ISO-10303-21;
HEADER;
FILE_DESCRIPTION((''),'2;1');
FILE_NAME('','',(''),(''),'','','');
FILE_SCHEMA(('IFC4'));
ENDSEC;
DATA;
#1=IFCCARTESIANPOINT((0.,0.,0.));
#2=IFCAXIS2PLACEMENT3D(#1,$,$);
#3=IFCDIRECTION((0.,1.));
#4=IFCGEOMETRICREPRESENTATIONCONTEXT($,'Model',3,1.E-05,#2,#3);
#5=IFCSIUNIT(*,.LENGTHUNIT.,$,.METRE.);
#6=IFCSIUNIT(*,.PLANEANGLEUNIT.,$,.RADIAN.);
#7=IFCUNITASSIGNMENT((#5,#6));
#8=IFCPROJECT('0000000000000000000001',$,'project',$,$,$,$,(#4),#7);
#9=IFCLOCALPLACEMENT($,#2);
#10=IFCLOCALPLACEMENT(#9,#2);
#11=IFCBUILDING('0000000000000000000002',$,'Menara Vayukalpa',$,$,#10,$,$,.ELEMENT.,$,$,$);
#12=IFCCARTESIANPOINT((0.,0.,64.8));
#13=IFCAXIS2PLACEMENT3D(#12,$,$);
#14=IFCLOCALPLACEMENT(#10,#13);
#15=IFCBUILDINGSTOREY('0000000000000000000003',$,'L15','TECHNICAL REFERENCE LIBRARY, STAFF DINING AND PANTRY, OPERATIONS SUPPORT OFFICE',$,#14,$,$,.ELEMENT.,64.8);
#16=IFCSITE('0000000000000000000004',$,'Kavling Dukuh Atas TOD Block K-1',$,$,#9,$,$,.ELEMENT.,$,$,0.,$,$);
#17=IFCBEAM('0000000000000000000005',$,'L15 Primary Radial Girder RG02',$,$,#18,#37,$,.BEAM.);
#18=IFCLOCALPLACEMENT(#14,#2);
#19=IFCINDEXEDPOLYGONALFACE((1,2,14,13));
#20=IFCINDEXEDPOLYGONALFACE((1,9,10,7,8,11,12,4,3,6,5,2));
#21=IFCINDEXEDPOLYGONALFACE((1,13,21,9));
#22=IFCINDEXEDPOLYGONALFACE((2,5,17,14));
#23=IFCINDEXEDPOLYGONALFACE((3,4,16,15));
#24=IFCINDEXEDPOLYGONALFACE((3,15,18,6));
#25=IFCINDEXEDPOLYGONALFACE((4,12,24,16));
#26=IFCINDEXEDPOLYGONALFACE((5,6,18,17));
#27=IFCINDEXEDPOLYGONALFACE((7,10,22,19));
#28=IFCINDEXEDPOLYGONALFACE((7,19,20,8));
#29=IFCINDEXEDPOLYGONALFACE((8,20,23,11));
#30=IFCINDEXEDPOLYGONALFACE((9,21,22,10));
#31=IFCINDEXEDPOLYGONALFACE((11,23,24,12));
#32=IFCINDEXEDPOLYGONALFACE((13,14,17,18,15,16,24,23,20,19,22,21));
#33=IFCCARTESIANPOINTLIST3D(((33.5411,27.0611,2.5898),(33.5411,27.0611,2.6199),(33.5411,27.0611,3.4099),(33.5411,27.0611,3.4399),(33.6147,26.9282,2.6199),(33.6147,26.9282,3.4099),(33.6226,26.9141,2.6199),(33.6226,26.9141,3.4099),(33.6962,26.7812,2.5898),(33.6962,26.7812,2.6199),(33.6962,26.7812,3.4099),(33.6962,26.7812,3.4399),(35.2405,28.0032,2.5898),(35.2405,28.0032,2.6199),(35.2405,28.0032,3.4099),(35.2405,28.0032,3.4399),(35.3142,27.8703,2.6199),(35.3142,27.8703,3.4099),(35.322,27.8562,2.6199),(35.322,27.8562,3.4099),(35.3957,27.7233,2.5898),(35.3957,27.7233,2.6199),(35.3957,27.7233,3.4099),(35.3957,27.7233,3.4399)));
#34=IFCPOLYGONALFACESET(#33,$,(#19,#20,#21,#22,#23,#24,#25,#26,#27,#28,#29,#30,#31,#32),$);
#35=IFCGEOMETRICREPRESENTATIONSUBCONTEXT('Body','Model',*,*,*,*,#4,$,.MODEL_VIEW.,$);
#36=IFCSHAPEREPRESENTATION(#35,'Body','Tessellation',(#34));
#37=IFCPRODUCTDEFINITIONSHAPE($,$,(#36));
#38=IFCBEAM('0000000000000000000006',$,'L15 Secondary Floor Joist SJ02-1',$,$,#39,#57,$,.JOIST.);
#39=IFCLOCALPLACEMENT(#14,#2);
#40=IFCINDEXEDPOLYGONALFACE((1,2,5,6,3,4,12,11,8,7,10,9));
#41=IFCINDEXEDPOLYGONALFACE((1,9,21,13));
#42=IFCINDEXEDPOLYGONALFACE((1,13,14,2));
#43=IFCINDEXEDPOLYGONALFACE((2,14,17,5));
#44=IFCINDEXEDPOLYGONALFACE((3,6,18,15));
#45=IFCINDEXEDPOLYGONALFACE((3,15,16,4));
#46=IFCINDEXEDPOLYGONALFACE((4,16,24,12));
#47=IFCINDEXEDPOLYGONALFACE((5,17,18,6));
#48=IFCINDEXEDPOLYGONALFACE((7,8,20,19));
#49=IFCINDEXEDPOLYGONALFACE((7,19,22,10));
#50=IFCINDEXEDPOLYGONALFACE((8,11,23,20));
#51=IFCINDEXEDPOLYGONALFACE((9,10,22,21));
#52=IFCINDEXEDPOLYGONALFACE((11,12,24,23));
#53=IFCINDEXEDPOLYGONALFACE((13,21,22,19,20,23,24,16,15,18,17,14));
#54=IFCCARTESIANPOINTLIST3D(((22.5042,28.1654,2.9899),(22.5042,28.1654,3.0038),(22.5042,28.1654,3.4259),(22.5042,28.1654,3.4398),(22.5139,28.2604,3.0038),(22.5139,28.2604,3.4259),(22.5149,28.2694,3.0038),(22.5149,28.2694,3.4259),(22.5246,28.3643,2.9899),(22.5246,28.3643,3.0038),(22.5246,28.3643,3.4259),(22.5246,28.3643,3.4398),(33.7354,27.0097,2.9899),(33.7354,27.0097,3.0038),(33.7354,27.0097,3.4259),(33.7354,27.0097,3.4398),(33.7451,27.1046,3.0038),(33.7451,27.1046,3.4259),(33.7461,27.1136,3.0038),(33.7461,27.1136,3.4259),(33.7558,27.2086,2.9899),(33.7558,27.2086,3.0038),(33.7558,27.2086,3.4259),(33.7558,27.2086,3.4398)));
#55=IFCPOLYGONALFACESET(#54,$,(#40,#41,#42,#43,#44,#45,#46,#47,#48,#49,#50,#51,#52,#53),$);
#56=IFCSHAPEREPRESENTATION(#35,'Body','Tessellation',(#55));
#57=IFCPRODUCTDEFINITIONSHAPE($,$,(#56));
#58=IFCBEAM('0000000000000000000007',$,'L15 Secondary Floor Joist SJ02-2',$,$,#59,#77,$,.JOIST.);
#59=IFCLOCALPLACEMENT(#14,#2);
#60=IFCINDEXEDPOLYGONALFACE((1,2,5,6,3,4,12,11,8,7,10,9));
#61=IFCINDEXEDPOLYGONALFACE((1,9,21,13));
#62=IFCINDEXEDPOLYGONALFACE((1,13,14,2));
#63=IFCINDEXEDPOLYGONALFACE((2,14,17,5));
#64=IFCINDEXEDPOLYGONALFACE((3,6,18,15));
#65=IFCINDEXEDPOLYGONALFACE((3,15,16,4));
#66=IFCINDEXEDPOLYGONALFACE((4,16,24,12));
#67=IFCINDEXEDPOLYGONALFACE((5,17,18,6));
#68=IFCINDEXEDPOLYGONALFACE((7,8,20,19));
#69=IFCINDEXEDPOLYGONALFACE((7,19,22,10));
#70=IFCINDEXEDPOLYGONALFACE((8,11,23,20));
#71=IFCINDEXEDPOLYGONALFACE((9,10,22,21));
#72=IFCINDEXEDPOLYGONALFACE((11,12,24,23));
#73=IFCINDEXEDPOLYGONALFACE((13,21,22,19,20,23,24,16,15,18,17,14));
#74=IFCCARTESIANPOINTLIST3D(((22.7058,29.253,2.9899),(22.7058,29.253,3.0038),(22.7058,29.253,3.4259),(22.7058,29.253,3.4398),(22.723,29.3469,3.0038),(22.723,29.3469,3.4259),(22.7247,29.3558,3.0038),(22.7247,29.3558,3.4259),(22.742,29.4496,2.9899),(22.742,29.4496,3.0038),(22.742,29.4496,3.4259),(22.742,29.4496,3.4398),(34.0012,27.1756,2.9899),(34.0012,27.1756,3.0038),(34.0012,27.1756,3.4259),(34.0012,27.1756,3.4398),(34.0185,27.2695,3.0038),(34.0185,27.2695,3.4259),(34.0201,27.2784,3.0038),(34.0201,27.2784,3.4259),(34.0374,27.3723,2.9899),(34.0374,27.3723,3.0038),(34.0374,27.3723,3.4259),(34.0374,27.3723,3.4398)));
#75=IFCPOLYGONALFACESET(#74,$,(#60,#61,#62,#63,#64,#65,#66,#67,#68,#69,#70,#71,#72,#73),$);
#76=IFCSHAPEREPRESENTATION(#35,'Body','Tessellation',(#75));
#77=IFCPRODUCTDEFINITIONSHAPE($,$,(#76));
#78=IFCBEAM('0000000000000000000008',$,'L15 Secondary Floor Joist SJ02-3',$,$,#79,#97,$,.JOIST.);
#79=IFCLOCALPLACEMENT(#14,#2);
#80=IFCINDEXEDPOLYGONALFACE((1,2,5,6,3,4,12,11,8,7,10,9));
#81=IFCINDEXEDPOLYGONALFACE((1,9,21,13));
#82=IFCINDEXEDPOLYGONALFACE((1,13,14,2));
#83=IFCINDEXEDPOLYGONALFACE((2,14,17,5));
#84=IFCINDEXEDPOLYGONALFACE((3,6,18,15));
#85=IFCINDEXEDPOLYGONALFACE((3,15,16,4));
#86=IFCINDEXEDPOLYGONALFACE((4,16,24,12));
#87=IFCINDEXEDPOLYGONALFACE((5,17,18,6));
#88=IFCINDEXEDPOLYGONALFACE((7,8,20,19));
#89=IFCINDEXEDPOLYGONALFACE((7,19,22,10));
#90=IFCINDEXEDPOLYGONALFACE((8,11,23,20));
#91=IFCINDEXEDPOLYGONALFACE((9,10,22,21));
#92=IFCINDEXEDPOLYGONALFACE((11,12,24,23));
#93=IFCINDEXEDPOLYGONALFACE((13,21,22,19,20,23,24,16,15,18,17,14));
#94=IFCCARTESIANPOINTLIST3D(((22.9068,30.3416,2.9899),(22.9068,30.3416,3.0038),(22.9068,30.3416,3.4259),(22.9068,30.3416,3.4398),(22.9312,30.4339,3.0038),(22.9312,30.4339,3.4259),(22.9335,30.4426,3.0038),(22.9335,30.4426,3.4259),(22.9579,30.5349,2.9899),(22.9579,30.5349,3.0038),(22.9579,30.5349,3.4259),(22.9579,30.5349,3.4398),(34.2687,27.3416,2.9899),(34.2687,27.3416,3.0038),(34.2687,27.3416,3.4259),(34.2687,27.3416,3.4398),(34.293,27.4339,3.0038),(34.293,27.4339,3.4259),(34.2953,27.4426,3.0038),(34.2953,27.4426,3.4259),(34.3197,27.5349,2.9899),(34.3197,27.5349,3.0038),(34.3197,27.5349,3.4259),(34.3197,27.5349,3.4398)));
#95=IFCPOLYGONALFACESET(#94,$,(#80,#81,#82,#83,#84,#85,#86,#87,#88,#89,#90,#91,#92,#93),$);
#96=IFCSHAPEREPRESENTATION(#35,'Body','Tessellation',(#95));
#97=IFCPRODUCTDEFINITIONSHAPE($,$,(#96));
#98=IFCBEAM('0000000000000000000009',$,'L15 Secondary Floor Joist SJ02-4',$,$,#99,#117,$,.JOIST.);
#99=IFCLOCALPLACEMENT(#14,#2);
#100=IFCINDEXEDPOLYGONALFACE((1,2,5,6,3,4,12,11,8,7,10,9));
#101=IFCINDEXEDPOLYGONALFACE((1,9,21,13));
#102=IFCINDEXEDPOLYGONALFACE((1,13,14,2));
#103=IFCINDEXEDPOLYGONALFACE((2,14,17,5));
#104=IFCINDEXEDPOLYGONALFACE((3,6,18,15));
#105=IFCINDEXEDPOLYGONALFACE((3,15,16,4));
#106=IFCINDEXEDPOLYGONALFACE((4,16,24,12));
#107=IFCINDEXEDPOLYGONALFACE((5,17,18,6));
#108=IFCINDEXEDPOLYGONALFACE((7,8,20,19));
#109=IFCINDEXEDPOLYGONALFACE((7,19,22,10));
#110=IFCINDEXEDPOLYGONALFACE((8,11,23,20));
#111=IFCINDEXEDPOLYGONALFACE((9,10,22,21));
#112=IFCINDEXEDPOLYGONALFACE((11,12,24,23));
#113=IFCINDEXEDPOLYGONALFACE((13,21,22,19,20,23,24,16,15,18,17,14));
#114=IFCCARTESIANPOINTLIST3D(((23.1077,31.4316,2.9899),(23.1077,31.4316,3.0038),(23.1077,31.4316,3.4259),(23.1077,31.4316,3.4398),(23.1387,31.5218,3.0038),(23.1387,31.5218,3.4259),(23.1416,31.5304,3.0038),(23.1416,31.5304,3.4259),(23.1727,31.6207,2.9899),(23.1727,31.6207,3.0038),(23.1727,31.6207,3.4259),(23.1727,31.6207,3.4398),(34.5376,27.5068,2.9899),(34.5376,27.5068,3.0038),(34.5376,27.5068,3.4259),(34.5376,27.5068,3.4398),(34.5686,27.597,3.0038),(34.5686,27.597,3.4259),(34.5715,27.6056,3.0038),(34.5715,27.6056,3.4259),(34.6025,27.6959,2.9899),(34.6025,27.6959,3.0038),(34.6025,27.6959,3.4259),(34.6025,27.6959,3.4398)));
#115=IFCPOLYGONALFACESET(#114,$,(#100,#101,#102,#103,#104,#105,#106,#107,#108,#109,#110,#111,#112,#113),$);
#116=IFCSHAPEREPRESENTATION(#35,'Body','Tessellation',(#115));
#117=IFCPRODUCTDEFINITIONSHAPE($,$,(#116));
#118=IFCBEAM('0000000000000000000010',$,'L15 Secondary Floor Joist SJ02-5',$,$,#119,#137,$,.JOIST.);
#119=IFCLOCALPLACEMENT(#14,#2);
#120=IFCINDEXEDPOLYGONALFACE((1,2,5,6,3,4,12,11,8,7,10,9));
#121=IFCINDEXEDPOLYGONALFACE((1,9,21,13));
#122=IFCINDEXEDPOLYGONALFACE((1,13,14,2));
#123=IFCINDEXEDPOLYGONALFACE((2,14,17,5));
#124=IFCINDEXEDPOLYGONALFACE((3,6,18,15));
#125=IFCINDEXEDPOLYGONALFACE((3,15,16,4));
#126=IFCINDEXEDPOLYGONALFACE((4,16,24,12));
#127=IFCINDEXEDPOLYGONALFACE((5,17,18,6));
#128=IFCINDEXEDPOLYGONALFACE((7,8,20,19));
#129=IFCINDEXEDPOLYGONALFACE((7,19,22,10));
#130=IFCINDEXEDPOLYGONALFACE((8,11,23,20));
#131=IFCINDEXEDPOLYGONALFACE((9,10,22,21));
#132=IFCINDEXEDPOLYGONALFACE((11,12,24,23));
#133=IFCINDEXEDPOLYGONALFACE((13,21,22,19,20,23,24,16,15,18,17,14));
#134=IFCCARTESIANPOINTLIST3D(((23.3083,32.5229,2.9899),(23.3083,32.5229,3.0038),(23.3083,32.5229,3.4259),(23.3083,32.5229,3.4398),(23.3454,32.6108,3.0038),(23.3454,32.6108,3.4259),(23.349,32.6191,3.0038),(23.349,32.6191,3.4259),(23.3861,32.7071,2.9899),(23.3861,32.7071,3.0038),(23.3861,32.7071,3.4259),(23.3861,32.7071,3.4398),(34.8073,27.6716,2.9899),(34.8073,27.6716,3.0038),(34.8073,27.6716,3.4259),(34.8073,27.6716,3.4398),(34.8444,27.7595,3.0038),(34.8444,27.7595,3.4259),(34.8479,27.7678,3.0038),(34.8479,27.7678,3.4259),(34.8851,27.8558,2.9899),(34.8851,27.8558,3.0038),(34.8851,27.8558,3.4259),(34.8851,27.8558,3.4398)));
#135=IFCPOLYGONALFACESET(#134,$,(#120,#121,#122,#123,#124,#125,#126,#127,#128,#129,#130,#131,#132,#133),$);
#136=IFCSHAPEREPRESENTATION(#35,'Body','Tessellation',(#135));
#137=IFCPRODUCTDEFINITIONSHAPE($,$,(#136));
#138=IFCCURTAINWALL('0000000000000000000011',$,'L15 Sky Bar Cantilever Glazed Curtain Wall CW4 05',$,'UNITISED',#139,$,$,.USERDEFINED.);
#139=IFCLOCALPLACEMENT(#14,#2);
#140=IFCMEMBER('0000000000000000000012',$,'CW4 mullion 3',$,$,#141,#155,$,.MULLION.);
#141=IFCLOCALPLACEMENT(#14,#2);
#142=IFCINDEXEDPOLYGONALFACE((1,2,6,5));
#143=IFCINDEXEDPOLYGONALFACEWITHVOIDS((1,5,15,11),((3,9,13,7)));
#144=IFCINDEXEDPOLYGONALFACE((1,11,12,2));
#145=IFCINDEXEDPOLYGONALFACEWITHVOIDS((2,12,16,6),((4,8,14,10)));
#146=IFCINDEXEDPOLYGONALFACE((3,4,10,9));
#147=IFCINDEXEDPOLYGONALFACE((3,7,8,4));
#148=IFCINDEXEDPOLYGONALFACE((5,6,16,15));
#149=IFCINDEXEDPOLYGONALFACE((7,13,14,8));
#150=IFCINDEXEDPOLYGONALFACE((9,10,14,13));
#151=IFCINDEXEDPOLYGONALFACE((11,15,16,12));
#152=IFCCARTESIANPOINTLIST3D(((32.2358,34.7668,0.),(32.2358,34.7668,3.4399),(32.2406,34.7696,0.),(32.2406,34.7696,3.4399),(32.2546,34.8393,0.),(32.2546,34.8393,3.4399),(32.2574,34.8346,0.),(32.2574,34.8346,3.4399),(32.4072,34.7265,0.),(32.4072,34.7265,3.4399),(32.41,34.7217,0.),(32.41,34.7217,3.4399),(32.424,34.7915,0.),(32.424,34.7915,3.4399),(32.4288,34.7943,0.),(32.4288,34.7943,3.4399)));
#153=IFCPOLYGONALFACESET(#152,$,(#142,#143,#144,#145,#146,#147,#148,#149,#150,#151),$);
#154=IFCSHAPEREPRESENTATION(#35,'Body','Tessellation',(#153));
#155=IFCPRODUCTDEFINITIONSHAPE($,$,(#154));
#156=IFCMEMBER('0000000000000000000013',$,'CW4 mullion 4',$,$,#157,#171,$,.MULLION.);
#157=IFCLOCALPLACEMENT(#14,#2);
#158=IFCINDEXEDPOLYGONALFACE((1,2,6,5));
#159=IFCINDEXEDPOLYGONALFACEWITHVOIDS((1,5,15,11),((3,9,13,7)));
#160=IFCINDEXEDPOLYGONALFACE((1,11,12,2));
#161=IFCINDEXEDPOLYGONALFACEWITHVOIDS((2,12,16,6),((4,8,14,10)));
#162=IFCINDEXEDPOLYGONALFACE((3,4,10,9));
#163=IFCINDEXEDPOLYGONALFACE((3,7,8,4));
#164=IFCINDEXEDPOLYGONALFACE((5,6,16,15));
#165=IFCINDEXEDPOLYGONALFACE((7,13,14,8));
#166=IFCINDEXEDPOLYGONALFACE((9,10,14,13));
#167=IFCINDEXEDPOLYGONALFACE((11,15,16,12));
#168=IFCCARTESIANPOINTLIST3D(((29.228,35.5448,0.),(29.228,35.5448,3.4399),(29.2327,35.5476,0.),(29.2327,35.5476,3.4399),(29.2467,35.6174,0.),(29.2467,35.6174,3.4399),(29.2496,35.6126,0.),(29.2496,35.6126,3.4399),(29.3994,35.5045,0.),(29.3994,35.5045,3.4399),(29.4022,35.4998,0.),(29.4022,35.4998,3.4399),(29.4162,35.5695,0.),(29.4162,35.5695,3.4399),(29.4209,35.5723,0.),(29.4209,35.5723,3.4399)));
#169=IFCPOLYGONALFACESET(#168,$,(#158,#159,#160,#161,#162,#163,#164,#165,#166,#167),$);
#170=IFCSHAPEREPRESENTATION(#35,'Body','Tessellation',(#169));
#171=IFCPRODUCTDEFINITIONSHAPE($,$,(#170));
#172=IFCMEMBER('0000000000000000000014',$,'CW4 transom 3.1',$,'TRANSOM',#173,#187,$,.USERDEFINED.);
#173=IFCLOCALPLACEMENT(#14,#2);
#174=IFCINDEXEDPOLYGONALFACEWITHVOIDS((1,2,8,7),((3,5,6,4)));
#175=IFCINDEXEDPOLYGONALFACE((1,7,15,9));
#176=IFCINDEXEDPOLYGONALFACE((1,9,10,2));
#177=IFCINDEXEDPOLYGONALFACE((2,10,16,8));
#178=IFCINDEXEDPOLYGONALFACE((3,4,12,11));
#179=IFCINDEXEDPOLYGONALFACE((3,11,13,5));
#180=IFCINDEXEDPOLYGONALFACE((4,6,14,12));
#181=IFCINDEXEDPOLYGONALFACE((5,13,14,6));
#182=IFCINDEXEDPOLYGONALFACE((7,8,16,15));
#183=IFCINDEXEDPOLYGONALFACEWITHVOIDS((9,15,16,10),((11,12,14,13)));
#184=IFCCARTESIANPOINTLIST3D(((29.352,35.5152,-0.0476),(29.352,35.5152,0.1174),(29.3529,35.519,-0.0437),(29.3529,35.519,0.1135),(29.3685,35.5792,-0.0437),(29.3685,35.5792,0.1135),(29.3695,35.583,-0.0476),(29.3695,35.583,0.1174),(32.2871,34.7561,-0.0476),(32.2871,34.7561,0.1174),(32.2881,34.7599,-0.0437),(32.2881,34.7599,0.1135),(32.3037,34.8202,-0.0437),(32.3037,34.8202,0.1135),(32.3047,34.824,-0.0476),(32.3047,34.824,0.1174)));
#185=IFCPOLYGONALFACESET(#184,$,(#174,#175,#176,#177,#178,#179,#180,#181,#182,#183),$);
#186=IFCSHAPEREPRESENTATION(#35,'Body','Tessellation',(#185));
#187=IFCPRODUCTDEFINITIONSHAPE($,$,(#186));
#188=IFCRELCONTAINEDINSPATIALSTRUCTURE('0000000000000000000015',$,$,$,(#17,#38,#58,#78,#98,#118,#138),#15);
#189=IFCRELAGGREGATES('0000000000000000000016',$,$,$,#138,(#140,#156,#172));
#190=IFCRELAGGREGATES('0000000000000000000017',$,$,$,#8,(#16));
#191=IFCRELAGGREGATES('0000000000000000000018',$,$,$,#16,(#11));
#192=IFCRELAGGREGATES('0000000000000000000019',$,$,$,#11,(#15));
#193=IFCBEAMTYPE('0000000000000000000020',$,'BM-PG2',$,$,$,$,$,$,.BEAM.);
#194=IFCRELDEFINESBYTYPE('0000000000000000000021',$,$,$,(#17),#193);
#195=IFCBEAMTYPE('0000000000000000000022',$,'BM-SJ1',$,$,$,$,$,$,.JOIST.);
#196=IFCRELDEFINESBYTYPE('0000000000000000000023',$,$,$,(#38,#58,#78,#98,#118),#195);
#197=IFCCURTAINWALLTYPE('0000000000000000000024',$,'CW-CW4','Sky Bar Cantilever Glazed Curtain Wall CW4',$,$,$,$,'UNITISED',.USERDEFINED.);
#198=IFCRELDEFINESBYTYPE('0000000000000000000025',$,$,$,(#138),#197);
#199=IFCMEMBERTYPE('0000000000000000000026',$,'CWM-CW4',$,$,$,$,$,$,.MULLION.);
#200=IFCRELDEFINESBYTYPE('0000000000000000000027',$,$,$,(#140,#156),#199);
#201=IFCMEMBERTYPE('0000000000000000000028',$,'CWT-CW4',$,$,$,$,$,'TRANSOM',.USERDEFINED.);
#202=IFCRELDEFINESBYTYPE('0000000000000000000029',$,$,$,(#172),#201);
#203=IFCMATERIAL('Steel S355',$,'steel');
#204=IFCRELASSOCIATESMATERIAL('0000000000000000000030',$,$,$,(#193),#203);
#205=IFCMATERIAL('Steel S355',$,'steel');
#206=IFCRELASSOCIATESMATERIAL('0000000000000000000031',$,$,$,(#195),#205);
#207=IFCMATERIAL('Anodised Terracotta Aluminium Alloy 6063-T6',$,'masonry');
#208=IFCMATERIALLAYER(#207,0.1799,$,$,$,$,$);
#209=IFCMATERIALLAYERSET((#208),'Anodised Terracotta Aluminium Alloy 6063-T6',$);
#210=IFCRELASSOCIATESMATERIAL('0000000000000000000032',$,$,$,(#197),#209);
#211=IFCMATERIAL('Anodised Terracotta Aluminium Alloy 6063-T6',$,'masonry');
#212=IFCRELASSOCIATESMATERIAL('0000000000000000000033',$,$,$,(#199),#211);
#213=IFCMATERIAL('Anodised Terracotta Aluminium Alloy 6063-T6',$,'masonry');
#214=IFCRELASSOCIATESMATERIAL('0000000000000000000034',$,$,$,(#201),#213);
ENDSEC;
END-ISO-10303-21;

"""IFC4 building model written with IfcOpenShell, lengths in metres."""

from ifc_helpers import new_model, si_unit, direction, frame, origin, origin_2d, place, context, subcontext, project, spatial, hollow_rectangle, i_section, extrude, material, layer, layer_set, material_profile, profile_set, type_object, element, aggregate, save


model = new_model("IFC4")

# Units and contexts
model_context = context("Model", 3, precision=1e-05, world=origin(), true_north=direction((0.0, 1.0)))
body_context = subcontext(model_context, "Body", "Model", "MODEL_VIEW")
ifc_project = project(units=[si_unit("LENGTHUNIT", "METRE"), si_unit("PLANEANGLEUNIT", "RADIAN")], contexts=[model_context])

# Site, building, storey
site_placement = place(None, origin())
site = spatial("IfcSite", under=ifc_project, at=site_placement, Name="Kavling Dukuh Atas TOD Block K-1", CompositionType="ELEMENT", RefElevation=0.0)
building_placement = place(site_placement, origin())
building = spatial("IfcBuilding", under=site, at=building_placement, Name="Menara Vayukalpa", CompositionType="ELEMENT")
storey_placement = place(building_placement, frame((0.0, 0.0, 64.8)))
storey = spatial("IfcBuildingStorey", under=building, at=storey_placement, Name="L15", Description="TECHNICAL REFERENCE LIBRARY, STAFF DINING AND PANTRY, OPERATIONS SUPPORT OFFICE", CompositionType="ELEMENT", Elevation=64.8)

# Beams
ifc_material_1 = material(Name="Steel S355", Category="steel")
ifc_material_profile_1 = material_profile(ifc_material_1, i_section(OverallWidth=0.3201, OverallDepth=0.8501, WebThickness=0.0161, FlangeThickness=0.03, at=origin_2d()), Name="WF 850x320x16x30")
ifc_profile_set_1 = profile_set([ifc_material_profile_1], Name="Steel S355")
beam_type_1 = type_object("IfcBeamType", Name="BM-PG2", PredefinedType="BEAM", material=ifc_profile_set_1)
beam_1_placement = place(storey_placement, frame((33.6187, 26.9211, 3.0149), z_axis=(0.874595, 0.484853, 0.0), x_axis=(-0.484853, 0.874595, 0.0)))
element("IfcBeam", 1, at=beam_1_placement, inside=storey, type_object=beam_type_1, Name="L15 Primary Radial Girder RG02", PredefinedType="BEAM", context=body_context, shape_type="SweptSolid", body=[
    extrude(i_section(OverallWidth=0.3201, OverallDepth=0.8501, WebThickness=0.0161, FlangeThickness=0.03, at=origin_2d()), origin(), (0.0, 0.0, 1.0), 1.9431),
])
ifc_material_2 = material(Name="Steel S355", Category="steel")
ifc_material_profile_2 = material_profile(ifc_material_2, i_section(OverallWidth=0.2, OverallDepth=0.45, WebThickness=0.009, FlangeThickness=0.0139, at=origin_2d()), Name="WF 450x200x9x14")
ifc_profile_set_2 = profile_set([ifc_material_profile_2], Name="Steel S355")
beam_type_2 = type_object("IfcBeamType", Name="BM-SJ1", PredefinedType="JOIST", material=ifc_profile_set_2)
beam_2_placement = place(storey_placement, frame((33.7456, 27.1091, 3.2148), z_axis=(-0.994747, 0.102366, 0.0), x_axis=(-0.102366, -0.994747, 0.0)))
element("IfcBeam", 2, at=beam_2_placement, inside=storey, type_object=beam_type_2, Name="L15 Secondary Floor Joist SJ02-1", PredefinedType="JOIST", context=body_context, shape_type="SweptSolid", body=[
    extrude(i_section(OverallWidth=0.2, OverallDepth=0.45, WebThickness=0.009, FlangeThickness=0.0139, at=origin_2d()), origin(), (0.0, 0.0, 1.0), 11.2905),
])
beam_3_placement = place(storey_placement, frame((34.0193, 27.2739, 3.2148), z_axis=(-0.983505, 0.180881, 0.0), x_axis=(-0.180881, -0.983505, 0.0)))
element("IfcBeam", 3, at=beam_3_placement, inside=storey, type_object=beam_type_2, Name="L15 Secondary Floor Joist SJ02-2", PredefinedType="JOIST", context=body_context, shape_type="SweptSolid", body=[
    extrude(i_section(OverallWidth=0.2, OverallDepth=0.45, WebThickness=0.009, FlangeThickness=0.0139, at=origin_2d()), origin(), (0.0, 0.0, 1.0), 11.4849),
])
beam_4_placement = place(storey_placement, frame((34.2942, 27.4382, 3.2148), z_axis=(-0.966864, 0.255293, 0.0), x_axis=(-0.255293, -0.966864, 0.0)))
element("IfcBeam", 4, at=beam_4_placement, inside=storey, type_object=beam_type_2, Name="L15 Secondary Floor Joist SJ02-3", PredefinedType="JOIST", context=body_context, shape_type="SweptSolid", body=[
    extrude(i_section(OverallWidth=0.2, OverallDepth=0.45, WebThickness=0.009, FlangeThickness=0.0139, at=origin_2d()), origin(), (0.0, 0.0, 1.0), 11.7512),
])
beam_5_placement = place(storey_placement, frame((34.5701, 27.6013, 3.2148), z_axis=(-0.945794, 0.324766, 0.0), x_axis=(-0.324766, -0.945794, 0.0)))
element("IfcBeam", 5, at=beam_5_placement, inside=storey, type_object=beam_type_2, Name="L15 Secondary Floor Joist SJ02-4", PredefinedType="JOIST", context=body_context, shape_type="SweptSolid", body=[
    extrude(i_section(OverallWidth=0.2, OverallDepth=0.45, WebThickness=0.009, FlangeThickness=0.0139, at=origin_2d()), origin(), (0.0, 0.0, 1.0), 12.085),
])
beam_6_placement = place(storey_placement, frame((34.8462, 27.7637, 3.2148), z_axis=(-0.921359, 0.388712, 0.0), x_axis=(-0.388712, -0.921359, 0.0)))
element("IfcBeam", 6, at=beam_6_placement, inside=storey, type_object=beam_type_2, Name="L15 Secondary Floor Joist SJ02-5", PredefinedType="JOIST", context=body_context, shape_type="SweptSolid", body=[
    extrude(i_section(OverallWidth=0.2, OverallDepth=0.45, WebThickness=0.009, FlangeThickness=0.0139, at=origin_2d()), origin(), (0.0, 0.0, 1.0), 12.4805),
])

# Curtain wall, members
ifc_material_3 = material(Name="Anodised Terracotta Aluminium Alloy 6063-T6", Category="masonry")
ifc_layer_1 = layer(ifc_material_3, 0.1799)
ifc_layer_set_1 = layer_set([ifc_layer_1], Name="Anodised Terracotta Aluminium Alloy 6063-T6")
curtain_wall_type = type_object("IfcCurtainWallType", Name="CW-CW4", Description="Sky Bar Cantilever Glazed Curtain Wall CW4", ElementType="UNITISED", PredefinedType="USERDEFINED", material=ifc_layer_set_1)
curtain_wall_placement = place(storey_placement, origin())
curtain_wall = element("IfcCurtainWall", 7, at=curtain_wall_placement, inside=storey, type_object=curtain_wall_type, Name="L15 Sky Bar Cantilever Glazed Curtain Wall CW4 05", ObjectType="UNITISED", PredefinedType="USERDEFINED")
ifc_material_4 = material(Name="Anodised Terracotta Aluminium Alloy 6063-T6", Category="masonry")
ifc_material_profile_3 = material_profile(ifc_material_4, hollow_rectangle(XDim=0.075, YDim=0.1799, WallThickness=0.0039, at=origin_2d()), Name="ALU 75x180x4")
ifc_profile_set_3 = profile_set([ifc_material_profile_3], Name="Anodised Terracotta Aluminium Alloy 6063-T6")
member_type_1 = type_object("IfcMemberType", Name="CWM-CW4", PredefinedType="MULLION", material=ifc_profile_set_3)
member_1_placement = place(storey_placement, frame((32.3323, 34.7805, 0.0), z_axis=(0.0, 0.0, 1.0), x_axis=(-0.250403, -0.968142, 0.0)))
member_1 = element("IfcMember", 8, at=member_1_placement, type_object=member_type_1, Name="CW4 mullion 3", PredefinedType="MULLION", context=body_context, shape_type="SweptSolid", body=[
    extrude(hollow_rectangle(XDim=0.075, YDim=0.1799, WallThickness=0.0039, at=origin_2d()), origin(), (0.0, 0.0, 1.0), 3.4399),
])
member_2_placement = place(storey_placement, frame((29.3245, 35.5586, 0.0), z_axis=(0.0, 0.0, 1.0), x_axis=(-0.250403, -0.968142, 0.0)))
member_2 = element("IfcMember", 9, at=member_2_placement, type_object=member_type_1, Name="CW4 mullion 4", PredefinedType="MULLION", context=body_context, shape_type="SweptSolid", body=[
    extrude(hollow_rectangle(XDim=0.075, YDim=0.1799, WallThickness=0.0039, at=origin_2d()), origin(), (0.0, 0.0, 1.0), 3.4399),
])
ifc_material_5 = material(Name="Anodised Terracotta Aluminium Alloy 6063-T6", Category="masonry")
ifc_material_profile_4 = material_profile(ifc_material_5, hollow_rectangle(XDim=0.0701, YDim=0.165, WallThickness=0.0039, at=origin_2d()), Name="ALU 70x165x4")
ifc_profile_set_4 = profile_set([ifc_material_profile_4], Name="Anodised Terracotta Aluminium Alloy 6063-T6")
member_type_2 = type_object("IfcMemberType", Name="CWT-CW4", ElementType="TRANSOM", PredefinedType="USERDEFINED", material=ifc_profile_set_4)
member_3_placement = place(storey_placement, frame((32.2959, 34.79, 0.0349), z_axis=(-0.96815, 0.250372, 0.0), x_axis=(-0.250372, -0.96815, 0.0)))
member_3 = element("IfcMember", 10, at=member_3_placement, type_object=member_type_2, Name="CW4 transom 3.1", ObjectType="TRANSOM", PredefinedType="USERDEFINED", context=body_context, shape_type="SweptSolid", body=[
    extrude(hollow_rectangle(XDim=0.0701, YDim=0.165, WallThickness=0.0039, at=origin_2d()), origin(), (0.0, 0.0, 1.0), 3.0317),
])
aggregate(curtain_wall, [member_1, member_2, member_3])

save(model, "model.ifc")
